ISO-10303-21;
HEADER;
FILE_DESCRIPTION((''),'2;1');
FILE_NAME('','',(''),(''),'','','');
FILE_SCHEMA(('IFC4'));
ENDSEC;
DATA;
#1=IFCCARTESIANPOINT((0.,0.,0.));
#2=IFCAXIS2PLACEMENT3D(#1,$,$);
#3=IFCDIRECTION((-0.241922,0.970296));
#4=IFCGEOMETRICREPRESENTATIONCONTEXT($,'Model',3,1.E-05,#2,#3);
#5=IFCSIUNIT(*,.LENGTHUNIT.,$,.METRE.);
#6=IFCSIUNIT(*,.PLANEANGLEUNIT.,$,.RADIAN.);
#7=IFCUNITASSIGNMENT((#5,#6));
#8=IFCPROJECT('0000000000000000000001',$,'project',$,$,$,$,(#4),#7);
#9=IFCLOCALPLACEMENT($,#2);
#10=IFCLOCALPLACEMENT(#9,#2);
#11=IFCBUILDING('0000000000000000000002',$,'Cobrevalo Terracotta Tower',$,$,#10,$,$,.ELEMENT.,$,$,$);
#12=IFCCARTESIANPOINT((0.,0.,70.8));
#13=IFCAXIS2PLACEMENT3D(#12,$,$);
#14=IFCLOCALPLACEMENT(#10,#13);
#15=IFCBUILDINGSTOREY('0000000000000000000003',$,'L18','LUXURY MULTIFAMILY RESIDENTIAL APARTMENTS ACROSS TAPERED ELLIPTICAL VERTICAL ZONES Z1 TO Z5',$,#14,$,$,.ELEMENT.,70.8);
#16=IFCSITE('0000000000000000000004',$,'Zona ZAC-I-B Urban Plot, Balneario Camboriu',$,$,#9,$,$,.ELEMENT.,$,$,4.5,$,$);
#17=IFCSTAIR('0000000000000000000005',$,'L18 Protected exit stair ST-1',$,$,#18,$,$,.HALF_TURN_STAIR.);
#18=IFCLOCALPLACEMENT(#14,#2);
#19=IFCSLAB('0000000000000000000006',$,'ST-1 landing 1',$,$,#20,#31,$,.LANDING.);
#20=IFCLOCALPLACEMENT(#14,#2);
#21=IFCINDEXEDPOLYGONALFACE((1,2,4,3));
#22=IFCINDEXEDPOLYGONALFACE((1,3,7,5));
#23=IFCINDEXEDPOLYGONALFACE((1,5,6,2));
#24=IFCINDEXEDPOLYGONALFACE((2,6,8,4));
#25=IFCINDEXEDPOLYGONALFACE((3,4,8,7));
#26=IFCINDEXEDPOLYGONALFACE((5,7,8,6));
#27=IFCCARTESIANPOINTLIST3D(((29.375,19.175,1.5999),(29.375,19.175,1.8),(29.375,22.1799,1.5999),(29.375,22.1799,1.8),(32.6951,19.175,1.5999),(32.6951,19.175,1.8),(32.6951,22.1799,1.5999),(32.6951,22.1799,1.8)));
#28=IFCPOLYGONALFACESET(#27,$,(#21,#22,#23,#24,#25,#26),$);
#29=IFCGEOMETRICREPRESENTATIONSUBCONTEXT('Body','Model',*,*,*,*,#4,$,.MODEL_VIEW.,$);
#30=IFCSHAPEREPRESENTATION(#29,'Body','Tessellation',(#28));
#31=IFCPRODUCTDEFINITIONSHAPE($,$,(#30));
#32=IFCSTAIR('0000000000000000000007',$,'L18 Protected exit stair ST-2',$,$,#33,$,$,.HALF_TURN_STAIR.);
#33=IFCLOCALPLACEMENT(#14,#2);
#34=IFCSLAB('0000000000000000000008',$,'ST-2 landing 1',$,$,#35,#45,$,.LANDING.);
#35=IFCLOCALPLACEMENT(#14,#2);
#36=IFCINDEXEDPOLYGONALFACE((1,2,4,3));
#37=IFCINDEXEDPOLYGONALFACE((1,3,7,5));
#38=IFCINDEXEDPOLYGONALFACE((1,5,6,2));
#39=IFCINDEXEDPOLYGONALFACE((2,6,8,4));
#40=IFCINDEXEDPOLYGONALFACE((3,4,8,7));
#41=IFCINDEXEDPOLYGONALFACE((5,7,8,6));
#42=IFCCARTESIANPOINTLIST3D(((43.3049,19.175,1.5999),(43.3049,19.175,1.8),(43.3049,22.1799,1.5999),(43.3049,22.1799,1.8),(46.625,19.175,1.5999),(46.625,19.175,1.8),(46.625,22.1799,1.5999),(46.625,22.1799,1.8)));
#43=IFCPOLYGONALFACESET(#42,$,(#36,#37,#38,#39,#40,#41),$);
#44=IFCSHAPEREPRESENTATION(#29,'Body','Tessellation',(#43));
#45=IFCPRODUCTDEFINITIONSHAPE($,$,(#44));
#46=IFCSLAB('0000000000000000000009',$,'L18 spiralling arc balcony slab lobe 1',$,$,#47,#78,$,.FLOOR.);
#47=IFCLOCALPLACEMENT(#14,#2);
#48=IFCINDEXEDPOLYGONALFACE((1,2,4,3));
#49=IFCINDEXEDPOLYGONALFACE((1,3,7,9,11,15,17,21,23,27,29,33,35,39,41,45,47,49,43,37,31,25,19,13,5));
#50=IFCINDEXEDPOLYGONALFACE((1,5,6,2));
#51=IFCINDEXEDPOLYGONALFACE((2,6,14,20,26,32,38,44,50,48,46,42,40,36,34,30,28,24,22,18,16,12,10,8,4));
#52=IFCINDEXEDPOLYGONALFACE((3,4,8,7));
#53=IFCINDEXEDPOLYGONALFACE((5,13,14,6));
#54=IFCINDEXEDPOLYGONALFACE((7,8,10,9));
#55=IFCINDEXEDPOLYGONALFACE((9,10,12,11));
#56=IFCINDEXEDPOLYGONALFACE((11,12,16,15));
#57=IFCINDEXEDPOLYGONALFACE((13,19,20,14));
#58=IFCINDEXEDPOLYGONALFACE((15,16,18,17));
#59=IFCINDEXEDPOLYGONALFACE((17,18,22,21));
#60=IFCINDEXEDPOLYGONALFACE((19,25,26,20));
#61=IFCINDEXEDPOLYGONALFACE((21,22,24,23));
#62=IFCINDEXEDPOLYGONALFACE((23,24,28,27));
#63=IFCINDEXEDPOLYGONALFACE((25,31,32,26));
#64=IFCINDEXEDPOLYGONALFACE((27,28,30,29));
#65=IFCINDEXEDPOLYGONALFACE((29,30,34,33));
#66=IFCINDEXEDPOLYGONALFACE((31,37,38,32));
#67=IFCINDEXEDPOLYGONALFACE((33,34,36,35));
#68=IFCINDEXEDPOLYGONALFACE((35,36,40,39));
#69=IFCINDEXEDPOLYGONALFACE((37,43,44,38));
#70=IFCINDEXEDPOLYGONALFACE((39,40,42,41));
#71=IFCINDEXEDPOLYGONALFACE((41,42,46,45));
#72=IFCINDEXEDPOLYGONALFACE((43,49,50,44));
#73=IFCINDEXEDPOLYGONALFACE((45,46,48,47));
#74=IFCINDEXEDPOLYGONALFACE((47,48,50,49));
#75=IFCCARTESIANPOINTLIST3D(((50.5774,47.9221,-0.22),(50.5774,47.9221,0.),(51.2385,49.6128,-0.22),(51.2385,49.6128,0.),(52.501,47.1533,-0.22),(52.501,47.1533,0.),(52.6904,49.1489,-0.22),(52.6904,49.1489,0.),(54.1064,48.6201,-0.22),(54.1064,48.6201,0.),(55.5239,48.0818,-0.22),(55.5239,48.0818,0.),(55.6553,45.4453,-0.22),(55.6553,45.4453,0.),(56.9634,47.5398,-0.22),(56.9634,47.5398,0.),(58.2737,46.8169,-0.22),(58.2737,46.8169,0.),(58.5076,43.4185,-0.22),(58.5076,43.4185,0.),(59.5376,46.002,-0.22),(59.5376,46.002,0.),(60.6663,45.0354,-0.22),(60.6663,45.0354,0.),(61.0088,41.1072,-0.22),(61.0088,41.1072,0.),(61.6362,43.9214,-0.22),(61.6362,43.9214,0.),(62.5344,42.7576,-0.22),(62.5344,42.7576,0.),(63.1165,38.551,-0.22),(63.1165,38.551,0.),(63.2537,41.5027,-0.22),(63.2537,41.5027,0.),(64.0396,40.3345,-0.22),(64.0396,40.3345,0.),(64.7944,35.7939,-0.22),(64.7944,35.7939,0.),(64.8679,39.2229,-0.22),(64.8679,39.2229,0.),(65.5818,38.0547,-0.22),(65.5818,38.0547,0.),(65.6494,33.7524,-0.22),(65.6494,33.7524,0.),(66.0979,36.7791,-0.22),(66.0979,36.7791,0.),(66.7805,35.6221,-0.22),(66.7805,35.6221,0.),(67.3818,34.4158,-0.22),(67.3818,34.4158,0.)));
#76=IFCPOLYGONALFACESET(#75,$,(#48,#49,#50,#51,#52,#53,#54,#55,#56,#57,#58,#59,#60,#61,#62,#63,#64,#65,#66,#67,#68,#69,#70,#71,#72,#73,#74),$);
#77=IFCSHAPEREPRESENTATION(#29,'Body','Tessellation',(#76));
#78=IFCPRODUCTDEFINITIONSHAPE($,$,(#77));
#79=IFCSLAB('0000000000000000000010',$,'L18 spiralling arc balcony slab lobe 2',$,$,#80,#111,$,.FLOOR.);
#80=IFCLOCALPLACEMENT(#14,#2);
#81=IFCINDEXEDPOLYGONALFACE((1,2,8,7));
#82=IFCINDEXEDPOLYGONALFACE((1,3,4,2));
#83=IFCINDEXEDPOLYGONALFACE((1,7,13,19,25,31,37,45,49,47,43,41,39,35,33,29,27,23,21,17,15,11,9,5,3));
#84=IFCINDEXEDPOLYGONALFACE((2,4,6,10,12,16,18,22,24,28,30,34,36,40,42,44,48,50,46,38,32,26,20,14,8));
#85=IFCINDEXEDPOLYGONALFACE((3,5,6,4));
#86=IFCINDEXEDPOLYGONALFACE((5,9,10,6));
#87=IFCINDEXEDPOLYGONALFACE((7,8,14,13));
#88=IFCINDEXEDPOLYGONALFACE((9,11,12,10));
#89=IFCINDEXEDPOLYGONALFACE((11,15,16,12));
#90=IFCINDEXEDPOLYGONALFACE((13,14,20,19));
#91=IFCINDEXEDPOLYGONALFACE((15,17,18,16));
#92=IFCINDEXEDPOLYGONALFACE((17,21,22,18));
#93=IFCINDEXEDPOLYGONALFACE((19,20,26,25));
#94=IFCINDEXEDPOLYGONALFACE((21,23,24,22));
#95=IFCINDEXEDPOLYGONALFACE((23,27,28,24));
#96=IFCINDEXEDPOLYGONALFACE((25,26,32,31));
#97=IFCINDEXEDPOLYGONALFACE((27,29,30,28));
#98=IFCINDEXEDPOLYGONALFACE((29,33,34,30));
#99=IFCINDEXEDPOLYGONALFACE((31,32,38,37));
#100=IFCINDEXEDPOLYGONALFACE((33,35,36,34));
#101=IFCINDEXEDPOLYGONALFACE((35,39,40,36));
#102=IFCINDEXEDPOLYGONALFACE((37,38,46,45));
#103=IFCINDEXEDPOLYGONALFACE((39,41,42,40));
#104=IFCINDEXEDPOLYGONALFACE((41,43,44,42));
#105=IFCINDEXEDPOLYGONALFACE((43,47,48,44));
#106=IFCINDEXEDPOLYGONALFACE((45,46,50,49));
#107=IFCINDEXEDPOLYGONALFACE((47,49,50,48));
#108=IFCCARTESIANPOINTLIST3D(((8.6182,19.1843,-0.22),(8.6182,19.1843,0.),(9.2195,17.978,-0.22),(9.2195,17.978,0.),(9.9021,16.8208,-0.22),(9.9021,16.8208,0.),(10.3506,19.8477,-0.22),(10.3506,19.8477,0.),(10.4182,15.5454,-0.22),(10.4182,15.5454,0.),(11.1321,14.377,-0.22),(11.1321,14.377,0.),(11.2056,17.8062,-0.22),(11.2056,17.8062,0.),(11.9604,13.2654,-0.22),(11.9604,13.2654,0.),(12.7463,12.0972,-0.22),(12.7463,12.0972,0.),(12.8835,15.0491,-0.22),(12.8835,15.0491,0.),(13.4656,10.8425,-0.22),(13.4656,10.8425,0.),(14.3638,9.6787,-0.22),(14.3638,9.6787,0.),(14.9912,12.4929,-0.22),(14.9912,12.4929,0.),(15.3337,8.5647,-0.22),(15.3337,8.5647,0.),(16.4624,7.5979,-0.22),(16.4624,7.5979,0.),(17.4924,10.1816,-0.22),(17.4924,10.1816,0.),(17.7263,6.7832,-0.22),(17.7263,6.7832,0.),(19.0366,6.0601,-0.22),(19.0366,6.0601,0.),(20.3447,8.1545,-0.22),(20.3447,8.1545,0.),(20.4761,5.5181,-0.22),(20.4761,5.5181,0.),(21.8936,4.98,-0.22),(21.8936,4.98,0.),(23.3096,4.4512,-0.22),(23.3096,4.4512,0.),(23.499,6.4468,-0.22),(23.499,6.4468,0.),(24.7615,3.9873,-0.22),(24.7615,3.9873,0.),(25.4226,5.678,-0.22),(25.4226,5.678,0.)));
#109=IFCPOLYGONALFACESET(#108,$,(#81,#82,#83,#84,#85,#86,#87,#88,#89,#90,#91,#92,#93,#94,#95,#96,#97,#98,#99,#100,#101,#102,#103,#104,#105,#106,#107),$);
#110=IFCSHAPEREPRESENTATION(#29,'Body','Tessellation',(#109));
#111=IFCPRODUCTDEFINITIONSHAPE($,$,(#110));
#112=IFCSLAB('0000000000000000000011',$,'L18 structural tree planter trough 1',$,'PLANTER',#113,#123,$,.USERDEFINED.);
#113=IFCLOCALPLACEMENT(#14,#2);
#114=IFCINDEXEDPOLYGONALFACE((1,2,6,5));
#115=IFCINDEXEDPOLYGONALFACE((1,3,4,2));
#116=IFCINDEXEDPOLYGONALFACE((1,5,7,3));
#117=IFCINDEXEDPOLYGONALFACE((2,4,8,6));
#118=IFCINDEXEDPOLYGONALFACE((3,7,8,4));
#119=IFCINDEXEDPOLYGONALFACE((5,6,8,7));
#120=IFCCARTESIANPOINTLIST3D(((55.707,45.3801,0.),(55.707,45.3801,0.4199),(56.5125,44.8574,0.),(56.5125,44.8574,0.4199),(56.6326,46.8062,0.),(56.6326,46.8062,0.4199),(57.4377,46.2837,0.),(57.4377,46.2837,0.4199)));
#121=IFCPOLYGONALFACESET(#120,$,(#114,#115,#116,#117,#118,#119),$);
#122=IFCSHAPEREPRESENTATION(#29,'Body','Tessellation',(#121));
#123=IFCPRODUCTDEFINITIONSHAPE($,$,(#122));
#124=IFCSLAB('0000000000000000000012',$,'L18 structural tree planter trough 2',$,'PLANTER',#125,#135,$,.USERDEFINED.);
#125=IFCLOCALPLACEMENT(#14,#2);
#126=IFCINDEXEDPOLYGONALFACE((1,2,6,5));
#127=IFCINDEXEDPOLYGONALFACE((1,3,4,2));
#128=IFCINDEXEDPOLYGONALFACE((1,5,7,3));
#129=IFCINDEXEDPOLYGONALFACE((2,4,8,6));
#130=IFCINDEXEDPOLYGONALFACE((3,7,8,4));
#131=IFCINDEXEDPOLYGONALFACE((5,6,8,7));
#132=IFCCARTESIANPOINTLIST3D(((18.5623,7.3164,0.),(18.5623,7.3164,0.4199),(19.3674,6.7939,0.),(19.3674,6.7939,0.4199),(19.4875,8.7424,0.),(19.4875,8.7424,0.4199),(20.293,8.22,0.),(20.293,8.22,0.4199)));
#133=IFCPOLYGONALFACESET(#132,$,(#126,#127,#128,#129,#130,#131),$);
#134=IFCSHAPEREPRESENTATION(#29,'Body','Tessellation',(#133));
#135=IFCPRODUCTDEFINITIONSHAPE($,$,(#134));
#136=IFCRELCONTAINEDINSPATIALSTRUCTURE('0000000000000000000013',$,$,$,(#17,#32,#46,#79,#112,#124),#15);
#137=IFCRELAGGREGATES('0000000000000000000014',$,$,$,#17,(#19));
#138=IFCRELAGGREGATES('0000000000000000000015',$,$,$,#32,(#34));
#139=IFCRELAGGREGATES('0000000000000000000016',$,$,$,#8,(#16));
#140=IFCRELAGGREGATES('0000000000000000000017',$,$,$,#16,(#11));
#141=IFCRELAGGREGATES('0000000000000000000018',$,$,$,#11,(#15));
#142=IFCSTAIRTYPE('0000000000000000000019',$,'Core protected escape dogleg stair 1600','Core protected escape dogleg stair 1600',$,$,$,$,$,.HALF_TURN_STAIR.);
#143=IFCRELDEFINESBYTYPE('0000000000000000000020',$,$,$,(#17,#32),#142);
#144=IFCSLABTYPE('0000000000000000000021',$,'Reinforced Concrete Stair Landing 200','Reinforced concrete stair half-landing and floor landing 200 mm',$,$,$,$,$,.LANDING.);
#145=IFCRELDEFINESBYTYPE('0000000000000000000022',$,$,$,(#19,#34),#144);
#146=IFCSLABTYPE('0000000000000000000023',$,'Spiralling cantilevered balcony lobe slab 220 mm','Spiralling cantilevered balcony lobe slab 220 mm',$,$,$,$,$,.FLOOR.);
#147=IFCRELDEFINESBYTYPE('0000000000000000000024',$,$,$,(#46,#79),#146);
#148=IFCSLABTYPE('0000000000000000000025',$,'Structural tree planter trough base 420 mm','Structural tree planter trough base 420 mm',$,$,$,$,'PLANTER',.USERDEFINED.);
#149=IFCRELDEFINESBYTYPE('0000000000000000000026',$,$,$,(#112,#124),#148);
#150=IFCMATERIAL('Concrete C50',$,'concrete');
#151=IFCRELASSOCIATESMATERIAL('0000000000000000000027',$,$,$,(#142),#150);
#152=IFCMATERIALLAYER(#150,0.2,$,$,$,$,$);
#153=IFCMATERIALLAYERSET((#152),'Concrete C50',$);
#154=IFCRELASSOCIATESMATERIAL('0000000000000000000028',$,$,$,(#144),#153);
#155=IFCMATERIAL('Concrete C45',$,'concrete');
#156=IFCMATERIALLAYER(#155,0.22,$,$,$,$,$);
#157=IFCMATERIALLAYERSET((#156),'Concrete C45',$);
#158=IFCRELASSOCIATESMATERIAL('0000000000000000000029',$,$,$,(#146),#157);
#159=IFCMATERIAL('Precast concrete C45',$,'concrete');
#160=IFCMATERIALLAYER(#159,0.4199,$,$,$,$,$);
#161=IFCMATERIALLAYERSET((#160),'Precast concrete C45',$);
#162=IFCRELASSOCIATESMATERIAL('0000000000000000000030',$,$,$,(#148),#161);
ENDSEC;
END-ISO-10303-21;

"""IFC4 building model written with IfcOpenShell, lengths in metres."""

from ifc_helpers import new_model, si_unit, direction, frame, origin, place, context, subcontext, project, spatial, polyline, outline, extrude, material, layer, layer_set, type_object, element, aggregate, save


model = new_model("IFC4")

# Units and contexts
model_context = context("Model", 3, precision=1e-05, world=origin(), true_north=direction((-0.241922, 0.970296)))
body_context = subcontext(model_context, "Body", "Model", "MODEL_VIEW")
ifc_project = project(units=[si_unit("LENGTHUNIT", "METRE"), si_unit("PLANEANGLEUNIT", "RADIAN")], contexts=[model_context])

# Site, building, storey
site_placement = place(None, origin())
site = spatial("IfcSite", under=ifc_project, at=site_placement, Name="Zona ZAC-I-B Urban Plot, Balneario Camboriu", CompositionType="ELEMENT", RefElevation=4.5)
building_placement = place(site_placement, origin())
building = spatial("IfcBuilding", under=site, at=building_placement, Name="Cobrevalo Terracotta Tower", CompositionType="ELEMENT")
storey_placement = place(building_placement, frame((0.0, 0.0, 70.8)))
storey = spatial("IfcBuildingStorey", under=building, at=storey_placement, Name="L18", Description="LUXURY MULTIFAMILY RESIDENTIAL APARTMENTS ACROSS TAPERED ELLIPTICAL VERTICAL ZONES Z1 TO Z5", CompositionType="ELEMENT", Elevation=70.8)

# Stairs, slabs
ifc_material_1 = material(Name="Concrete C50", Category="concrete")
stair_type = type_object("IfcStairType", Name="Core protected escape dogleg stair 1600", Description="Core protected escape dogleg stair 1600", PredefinedType="HALF_TURN_STAIR", material=ifc_material_1)
stair_1_placement = place(storey_placement, origin())
stair_1 = element("IfcStair", 1, at=stair_1_placement, inside=storey, type_object=stair_type, Name="L18 Protected exit stair ST-1", PredefinedType="HALF_TURN_STAIR")
ifc_layer_1 = layer(ifc_material_1, 0.2)
ifc_layer_set_1 = layer_set([ifc_layer_1], Name="Concrete C50")
slab_type_1 = type_object("IfcSlabType", Name="Reinforced Concrete Stair Landing 200", Description="Reinforced concrete stair half-landing and floor landing 200 mm", PredefinedType="LANDING", material=ifc_layer_set_1)
slab_1_placement = place(storey_placement, frame((0.0, 0.0, 1.5999)))
slab_1 = element("IfcSlab", 2, at=slab_1_placement, type_object=slab_type_1, Name="ST-1 landing 1", PredefinedType="LANDING", context=body_context, shape_type="SweptSolid", body=[
    extrude(outline(polyline([(29.375, 22.1799), (29.375, 19.175), (32.6951, 19.175), (32.6951, 22.1799), (29.375, 22.1799)])), origin(), (0.0, 0.0, 1.0), 0.2002),
])
aggregate(stair_1, [slab_1])
stair_2_placement = place(storey_placement, origin())
stair_2 = element("IfcStair", 3, at=stair_2_placement, inside=storey, type_object=stair_type, Name="L18 Protected exit stair ST-2", PredefinedType="HALF_TURN_STAIR")
slab_2_placement = place(storey_placement, frame((0.0, 0.0, 1.5999)))
slab_2 = element("IfcSlab", 4, at=slab_2_placement, type_object=slab_type_1, Name="ST-2 landing 1", PredefinedType="LANDING", context=body_context, shape_type="SweptSolid", body=[
    extrude(outline(polyline([(43.3049, 22.1799), (43.3049, 19.175), (46.625, 19.175), (46.625, 22.1799), (43.3049, 22.1799)])), origin(), (0.0, 0.0, 1.0), 0.2002),
])
aggregate(stair_2, [slab_2])

# Slabs
ifc_material_2 = material(Name="Concrete C45", Category="concrete")
ifc_layer_2 = layer(ifc_material_2, 0.22)
ifc_layer_set_2 = layer_set([ifc_layer_2], Name="Concrete C45")
slab_type_2 = type_object("IfcSlabType", Name="Spiralling cantilevered balcony lobe slab 220 mm", Description="Spiralling cantilevered balcony lobe slab 220 mm", PredefinedType="FLOOR", material=ifc_layer_set_2)
slab_3_placement = place(storey_placement, frame((0.0, 0.0, -0.22)))
element("IfcSlab", 5, at=slab_3_placement, inside=storey, type_object=slab_type_2, Name="L18 spiralling arc balcony slab lobe 1", PredefinedType="FLOOR", context=body_context, shape_type="SweptSolid", body=[
    extrude(outline(polyline([(67.3818, 34.4158), (66.7805, 35.6221), (66.0979, 36.7791), (65.5818, 38.0547), (64.8679, 39.2229), (64.0396, 40.3345), (63.2537, 41.5027), (62.5344, 42.7576), (61.6362, 43.9214), (60.6663, 45.0354), (59.5376, 46.002), (58.2737, 46.8169), (56.9634, 47.5398), (55.5239, 48.0818), (54.1064, 48.6201), (52.6904, 49.1489), (51.2385, 49.6128), (50.5774, 47.9221), (52.501, 47.1533), (55.6553, 45.4453), (58.5076, 43.4185), (61.0088, 41.1072), (63.1165, 38.551), (64.7944, 35.7939), (65.6494, 33.7524), (67.3818, 34.4158)])), origin(), (0.0, 0.0, 1.0), 0.22),
])
slab_4_placement = place(storey_placement, frame((0.0, 0.0, -0.22)))
element("IfcSlab", 6, at=slab_4_placement, inside=storey, type_object=slab_type_2, Name="L18 spiralling arc balcony slab lobe 2", PredefinedType="FLOOR", context=body_context, shape_type="SweptSolid", body=[
    extrude(outline(polyline([(8.6182, 19.1843), (9.2195, 17.978), (9.9021, 16.8208), (10.4182, 15.5454), (11.1321, 14.377), (11.9604, 13.2654), (12.7463, 12.0972), (13.4656, 10.8425), (14.3638, 9.6787), (15.3337, 8.5647), (16.4624, 7.5979), (17.7263, 6.7832), (19.0366, 6.0601), (20.4761, 5.5181), (21.8936, 4.98), (23.3096, 4.4512), (24.7615, 3.9873), (25.4226, 5.678), (23.499, 6.4468), (20.3447, 8.1545), (17.4924, 10.1816), (14.9912, 12.4929), (12.8835, 15.0491), (11.2056, 17.8062), (10.3506, 19.8477), (8.6182, 19.1843)])), origin(), (0.0, 0.0, 1.0), 0.22),
])
ifc_material_3 = material(Name="Precast concrete C45", Category="concrete")
ifc_layer_3 = layer(ifc_material_3, 0.4199)
ifc_layer_set_3 = layer_set([ifc_layer_3], Name="Precast concrete C45")
slab_type_3 = type_object("IfcSlabType", Name="Structural tree planter trough base 420 mm", Description="Structural tree planter trough base 420 mm", ElementType="PLANTER", PredefinedType="USERDEFINED", material=ifc_layer_set_3)
slab_5_placement = place(storey_placement, origin())
element("IfcSlab", 7, at=slab_5_placement, inside=storey, type_object=slab_type_3, Name="L18 structural tree planter trough 1", ObjectType="PLANTER", PredefinedType="USERDEFINED", context=body_context, shape_type="SweptSolid", body=[
    extrude(outline(polyline([(56.5125, 44.8574), (57.4377, 46.2837), (56.6326, 46.8062), (55.707, 45.3801), (56.5125, 44.8574)])), origin(), (0.0, 0.0, 1.0), 0.4199),
])
slab_6_placement = place(storey_placement, origin())
element("IfcSlab", 8, at=slab_6_placement, inside=storey, type_object=slab_type_3, Name="L18 structural tree planter trough 2", ObjectType="PLANTER", PredefinedType="USERDEFINED", context=body_context, shape_type="SweptSolid", body=[
    extrude(outline(polyline([(19.4875, 8.7424), (18.5623, 7.3164), (19.3674, 6.7939), (20.293, 8.22), (19.4875, 8.7424)])), origin(), (0.0, 0.0, 1.0), 0.4199),
])

save(model, "model.ifc")
